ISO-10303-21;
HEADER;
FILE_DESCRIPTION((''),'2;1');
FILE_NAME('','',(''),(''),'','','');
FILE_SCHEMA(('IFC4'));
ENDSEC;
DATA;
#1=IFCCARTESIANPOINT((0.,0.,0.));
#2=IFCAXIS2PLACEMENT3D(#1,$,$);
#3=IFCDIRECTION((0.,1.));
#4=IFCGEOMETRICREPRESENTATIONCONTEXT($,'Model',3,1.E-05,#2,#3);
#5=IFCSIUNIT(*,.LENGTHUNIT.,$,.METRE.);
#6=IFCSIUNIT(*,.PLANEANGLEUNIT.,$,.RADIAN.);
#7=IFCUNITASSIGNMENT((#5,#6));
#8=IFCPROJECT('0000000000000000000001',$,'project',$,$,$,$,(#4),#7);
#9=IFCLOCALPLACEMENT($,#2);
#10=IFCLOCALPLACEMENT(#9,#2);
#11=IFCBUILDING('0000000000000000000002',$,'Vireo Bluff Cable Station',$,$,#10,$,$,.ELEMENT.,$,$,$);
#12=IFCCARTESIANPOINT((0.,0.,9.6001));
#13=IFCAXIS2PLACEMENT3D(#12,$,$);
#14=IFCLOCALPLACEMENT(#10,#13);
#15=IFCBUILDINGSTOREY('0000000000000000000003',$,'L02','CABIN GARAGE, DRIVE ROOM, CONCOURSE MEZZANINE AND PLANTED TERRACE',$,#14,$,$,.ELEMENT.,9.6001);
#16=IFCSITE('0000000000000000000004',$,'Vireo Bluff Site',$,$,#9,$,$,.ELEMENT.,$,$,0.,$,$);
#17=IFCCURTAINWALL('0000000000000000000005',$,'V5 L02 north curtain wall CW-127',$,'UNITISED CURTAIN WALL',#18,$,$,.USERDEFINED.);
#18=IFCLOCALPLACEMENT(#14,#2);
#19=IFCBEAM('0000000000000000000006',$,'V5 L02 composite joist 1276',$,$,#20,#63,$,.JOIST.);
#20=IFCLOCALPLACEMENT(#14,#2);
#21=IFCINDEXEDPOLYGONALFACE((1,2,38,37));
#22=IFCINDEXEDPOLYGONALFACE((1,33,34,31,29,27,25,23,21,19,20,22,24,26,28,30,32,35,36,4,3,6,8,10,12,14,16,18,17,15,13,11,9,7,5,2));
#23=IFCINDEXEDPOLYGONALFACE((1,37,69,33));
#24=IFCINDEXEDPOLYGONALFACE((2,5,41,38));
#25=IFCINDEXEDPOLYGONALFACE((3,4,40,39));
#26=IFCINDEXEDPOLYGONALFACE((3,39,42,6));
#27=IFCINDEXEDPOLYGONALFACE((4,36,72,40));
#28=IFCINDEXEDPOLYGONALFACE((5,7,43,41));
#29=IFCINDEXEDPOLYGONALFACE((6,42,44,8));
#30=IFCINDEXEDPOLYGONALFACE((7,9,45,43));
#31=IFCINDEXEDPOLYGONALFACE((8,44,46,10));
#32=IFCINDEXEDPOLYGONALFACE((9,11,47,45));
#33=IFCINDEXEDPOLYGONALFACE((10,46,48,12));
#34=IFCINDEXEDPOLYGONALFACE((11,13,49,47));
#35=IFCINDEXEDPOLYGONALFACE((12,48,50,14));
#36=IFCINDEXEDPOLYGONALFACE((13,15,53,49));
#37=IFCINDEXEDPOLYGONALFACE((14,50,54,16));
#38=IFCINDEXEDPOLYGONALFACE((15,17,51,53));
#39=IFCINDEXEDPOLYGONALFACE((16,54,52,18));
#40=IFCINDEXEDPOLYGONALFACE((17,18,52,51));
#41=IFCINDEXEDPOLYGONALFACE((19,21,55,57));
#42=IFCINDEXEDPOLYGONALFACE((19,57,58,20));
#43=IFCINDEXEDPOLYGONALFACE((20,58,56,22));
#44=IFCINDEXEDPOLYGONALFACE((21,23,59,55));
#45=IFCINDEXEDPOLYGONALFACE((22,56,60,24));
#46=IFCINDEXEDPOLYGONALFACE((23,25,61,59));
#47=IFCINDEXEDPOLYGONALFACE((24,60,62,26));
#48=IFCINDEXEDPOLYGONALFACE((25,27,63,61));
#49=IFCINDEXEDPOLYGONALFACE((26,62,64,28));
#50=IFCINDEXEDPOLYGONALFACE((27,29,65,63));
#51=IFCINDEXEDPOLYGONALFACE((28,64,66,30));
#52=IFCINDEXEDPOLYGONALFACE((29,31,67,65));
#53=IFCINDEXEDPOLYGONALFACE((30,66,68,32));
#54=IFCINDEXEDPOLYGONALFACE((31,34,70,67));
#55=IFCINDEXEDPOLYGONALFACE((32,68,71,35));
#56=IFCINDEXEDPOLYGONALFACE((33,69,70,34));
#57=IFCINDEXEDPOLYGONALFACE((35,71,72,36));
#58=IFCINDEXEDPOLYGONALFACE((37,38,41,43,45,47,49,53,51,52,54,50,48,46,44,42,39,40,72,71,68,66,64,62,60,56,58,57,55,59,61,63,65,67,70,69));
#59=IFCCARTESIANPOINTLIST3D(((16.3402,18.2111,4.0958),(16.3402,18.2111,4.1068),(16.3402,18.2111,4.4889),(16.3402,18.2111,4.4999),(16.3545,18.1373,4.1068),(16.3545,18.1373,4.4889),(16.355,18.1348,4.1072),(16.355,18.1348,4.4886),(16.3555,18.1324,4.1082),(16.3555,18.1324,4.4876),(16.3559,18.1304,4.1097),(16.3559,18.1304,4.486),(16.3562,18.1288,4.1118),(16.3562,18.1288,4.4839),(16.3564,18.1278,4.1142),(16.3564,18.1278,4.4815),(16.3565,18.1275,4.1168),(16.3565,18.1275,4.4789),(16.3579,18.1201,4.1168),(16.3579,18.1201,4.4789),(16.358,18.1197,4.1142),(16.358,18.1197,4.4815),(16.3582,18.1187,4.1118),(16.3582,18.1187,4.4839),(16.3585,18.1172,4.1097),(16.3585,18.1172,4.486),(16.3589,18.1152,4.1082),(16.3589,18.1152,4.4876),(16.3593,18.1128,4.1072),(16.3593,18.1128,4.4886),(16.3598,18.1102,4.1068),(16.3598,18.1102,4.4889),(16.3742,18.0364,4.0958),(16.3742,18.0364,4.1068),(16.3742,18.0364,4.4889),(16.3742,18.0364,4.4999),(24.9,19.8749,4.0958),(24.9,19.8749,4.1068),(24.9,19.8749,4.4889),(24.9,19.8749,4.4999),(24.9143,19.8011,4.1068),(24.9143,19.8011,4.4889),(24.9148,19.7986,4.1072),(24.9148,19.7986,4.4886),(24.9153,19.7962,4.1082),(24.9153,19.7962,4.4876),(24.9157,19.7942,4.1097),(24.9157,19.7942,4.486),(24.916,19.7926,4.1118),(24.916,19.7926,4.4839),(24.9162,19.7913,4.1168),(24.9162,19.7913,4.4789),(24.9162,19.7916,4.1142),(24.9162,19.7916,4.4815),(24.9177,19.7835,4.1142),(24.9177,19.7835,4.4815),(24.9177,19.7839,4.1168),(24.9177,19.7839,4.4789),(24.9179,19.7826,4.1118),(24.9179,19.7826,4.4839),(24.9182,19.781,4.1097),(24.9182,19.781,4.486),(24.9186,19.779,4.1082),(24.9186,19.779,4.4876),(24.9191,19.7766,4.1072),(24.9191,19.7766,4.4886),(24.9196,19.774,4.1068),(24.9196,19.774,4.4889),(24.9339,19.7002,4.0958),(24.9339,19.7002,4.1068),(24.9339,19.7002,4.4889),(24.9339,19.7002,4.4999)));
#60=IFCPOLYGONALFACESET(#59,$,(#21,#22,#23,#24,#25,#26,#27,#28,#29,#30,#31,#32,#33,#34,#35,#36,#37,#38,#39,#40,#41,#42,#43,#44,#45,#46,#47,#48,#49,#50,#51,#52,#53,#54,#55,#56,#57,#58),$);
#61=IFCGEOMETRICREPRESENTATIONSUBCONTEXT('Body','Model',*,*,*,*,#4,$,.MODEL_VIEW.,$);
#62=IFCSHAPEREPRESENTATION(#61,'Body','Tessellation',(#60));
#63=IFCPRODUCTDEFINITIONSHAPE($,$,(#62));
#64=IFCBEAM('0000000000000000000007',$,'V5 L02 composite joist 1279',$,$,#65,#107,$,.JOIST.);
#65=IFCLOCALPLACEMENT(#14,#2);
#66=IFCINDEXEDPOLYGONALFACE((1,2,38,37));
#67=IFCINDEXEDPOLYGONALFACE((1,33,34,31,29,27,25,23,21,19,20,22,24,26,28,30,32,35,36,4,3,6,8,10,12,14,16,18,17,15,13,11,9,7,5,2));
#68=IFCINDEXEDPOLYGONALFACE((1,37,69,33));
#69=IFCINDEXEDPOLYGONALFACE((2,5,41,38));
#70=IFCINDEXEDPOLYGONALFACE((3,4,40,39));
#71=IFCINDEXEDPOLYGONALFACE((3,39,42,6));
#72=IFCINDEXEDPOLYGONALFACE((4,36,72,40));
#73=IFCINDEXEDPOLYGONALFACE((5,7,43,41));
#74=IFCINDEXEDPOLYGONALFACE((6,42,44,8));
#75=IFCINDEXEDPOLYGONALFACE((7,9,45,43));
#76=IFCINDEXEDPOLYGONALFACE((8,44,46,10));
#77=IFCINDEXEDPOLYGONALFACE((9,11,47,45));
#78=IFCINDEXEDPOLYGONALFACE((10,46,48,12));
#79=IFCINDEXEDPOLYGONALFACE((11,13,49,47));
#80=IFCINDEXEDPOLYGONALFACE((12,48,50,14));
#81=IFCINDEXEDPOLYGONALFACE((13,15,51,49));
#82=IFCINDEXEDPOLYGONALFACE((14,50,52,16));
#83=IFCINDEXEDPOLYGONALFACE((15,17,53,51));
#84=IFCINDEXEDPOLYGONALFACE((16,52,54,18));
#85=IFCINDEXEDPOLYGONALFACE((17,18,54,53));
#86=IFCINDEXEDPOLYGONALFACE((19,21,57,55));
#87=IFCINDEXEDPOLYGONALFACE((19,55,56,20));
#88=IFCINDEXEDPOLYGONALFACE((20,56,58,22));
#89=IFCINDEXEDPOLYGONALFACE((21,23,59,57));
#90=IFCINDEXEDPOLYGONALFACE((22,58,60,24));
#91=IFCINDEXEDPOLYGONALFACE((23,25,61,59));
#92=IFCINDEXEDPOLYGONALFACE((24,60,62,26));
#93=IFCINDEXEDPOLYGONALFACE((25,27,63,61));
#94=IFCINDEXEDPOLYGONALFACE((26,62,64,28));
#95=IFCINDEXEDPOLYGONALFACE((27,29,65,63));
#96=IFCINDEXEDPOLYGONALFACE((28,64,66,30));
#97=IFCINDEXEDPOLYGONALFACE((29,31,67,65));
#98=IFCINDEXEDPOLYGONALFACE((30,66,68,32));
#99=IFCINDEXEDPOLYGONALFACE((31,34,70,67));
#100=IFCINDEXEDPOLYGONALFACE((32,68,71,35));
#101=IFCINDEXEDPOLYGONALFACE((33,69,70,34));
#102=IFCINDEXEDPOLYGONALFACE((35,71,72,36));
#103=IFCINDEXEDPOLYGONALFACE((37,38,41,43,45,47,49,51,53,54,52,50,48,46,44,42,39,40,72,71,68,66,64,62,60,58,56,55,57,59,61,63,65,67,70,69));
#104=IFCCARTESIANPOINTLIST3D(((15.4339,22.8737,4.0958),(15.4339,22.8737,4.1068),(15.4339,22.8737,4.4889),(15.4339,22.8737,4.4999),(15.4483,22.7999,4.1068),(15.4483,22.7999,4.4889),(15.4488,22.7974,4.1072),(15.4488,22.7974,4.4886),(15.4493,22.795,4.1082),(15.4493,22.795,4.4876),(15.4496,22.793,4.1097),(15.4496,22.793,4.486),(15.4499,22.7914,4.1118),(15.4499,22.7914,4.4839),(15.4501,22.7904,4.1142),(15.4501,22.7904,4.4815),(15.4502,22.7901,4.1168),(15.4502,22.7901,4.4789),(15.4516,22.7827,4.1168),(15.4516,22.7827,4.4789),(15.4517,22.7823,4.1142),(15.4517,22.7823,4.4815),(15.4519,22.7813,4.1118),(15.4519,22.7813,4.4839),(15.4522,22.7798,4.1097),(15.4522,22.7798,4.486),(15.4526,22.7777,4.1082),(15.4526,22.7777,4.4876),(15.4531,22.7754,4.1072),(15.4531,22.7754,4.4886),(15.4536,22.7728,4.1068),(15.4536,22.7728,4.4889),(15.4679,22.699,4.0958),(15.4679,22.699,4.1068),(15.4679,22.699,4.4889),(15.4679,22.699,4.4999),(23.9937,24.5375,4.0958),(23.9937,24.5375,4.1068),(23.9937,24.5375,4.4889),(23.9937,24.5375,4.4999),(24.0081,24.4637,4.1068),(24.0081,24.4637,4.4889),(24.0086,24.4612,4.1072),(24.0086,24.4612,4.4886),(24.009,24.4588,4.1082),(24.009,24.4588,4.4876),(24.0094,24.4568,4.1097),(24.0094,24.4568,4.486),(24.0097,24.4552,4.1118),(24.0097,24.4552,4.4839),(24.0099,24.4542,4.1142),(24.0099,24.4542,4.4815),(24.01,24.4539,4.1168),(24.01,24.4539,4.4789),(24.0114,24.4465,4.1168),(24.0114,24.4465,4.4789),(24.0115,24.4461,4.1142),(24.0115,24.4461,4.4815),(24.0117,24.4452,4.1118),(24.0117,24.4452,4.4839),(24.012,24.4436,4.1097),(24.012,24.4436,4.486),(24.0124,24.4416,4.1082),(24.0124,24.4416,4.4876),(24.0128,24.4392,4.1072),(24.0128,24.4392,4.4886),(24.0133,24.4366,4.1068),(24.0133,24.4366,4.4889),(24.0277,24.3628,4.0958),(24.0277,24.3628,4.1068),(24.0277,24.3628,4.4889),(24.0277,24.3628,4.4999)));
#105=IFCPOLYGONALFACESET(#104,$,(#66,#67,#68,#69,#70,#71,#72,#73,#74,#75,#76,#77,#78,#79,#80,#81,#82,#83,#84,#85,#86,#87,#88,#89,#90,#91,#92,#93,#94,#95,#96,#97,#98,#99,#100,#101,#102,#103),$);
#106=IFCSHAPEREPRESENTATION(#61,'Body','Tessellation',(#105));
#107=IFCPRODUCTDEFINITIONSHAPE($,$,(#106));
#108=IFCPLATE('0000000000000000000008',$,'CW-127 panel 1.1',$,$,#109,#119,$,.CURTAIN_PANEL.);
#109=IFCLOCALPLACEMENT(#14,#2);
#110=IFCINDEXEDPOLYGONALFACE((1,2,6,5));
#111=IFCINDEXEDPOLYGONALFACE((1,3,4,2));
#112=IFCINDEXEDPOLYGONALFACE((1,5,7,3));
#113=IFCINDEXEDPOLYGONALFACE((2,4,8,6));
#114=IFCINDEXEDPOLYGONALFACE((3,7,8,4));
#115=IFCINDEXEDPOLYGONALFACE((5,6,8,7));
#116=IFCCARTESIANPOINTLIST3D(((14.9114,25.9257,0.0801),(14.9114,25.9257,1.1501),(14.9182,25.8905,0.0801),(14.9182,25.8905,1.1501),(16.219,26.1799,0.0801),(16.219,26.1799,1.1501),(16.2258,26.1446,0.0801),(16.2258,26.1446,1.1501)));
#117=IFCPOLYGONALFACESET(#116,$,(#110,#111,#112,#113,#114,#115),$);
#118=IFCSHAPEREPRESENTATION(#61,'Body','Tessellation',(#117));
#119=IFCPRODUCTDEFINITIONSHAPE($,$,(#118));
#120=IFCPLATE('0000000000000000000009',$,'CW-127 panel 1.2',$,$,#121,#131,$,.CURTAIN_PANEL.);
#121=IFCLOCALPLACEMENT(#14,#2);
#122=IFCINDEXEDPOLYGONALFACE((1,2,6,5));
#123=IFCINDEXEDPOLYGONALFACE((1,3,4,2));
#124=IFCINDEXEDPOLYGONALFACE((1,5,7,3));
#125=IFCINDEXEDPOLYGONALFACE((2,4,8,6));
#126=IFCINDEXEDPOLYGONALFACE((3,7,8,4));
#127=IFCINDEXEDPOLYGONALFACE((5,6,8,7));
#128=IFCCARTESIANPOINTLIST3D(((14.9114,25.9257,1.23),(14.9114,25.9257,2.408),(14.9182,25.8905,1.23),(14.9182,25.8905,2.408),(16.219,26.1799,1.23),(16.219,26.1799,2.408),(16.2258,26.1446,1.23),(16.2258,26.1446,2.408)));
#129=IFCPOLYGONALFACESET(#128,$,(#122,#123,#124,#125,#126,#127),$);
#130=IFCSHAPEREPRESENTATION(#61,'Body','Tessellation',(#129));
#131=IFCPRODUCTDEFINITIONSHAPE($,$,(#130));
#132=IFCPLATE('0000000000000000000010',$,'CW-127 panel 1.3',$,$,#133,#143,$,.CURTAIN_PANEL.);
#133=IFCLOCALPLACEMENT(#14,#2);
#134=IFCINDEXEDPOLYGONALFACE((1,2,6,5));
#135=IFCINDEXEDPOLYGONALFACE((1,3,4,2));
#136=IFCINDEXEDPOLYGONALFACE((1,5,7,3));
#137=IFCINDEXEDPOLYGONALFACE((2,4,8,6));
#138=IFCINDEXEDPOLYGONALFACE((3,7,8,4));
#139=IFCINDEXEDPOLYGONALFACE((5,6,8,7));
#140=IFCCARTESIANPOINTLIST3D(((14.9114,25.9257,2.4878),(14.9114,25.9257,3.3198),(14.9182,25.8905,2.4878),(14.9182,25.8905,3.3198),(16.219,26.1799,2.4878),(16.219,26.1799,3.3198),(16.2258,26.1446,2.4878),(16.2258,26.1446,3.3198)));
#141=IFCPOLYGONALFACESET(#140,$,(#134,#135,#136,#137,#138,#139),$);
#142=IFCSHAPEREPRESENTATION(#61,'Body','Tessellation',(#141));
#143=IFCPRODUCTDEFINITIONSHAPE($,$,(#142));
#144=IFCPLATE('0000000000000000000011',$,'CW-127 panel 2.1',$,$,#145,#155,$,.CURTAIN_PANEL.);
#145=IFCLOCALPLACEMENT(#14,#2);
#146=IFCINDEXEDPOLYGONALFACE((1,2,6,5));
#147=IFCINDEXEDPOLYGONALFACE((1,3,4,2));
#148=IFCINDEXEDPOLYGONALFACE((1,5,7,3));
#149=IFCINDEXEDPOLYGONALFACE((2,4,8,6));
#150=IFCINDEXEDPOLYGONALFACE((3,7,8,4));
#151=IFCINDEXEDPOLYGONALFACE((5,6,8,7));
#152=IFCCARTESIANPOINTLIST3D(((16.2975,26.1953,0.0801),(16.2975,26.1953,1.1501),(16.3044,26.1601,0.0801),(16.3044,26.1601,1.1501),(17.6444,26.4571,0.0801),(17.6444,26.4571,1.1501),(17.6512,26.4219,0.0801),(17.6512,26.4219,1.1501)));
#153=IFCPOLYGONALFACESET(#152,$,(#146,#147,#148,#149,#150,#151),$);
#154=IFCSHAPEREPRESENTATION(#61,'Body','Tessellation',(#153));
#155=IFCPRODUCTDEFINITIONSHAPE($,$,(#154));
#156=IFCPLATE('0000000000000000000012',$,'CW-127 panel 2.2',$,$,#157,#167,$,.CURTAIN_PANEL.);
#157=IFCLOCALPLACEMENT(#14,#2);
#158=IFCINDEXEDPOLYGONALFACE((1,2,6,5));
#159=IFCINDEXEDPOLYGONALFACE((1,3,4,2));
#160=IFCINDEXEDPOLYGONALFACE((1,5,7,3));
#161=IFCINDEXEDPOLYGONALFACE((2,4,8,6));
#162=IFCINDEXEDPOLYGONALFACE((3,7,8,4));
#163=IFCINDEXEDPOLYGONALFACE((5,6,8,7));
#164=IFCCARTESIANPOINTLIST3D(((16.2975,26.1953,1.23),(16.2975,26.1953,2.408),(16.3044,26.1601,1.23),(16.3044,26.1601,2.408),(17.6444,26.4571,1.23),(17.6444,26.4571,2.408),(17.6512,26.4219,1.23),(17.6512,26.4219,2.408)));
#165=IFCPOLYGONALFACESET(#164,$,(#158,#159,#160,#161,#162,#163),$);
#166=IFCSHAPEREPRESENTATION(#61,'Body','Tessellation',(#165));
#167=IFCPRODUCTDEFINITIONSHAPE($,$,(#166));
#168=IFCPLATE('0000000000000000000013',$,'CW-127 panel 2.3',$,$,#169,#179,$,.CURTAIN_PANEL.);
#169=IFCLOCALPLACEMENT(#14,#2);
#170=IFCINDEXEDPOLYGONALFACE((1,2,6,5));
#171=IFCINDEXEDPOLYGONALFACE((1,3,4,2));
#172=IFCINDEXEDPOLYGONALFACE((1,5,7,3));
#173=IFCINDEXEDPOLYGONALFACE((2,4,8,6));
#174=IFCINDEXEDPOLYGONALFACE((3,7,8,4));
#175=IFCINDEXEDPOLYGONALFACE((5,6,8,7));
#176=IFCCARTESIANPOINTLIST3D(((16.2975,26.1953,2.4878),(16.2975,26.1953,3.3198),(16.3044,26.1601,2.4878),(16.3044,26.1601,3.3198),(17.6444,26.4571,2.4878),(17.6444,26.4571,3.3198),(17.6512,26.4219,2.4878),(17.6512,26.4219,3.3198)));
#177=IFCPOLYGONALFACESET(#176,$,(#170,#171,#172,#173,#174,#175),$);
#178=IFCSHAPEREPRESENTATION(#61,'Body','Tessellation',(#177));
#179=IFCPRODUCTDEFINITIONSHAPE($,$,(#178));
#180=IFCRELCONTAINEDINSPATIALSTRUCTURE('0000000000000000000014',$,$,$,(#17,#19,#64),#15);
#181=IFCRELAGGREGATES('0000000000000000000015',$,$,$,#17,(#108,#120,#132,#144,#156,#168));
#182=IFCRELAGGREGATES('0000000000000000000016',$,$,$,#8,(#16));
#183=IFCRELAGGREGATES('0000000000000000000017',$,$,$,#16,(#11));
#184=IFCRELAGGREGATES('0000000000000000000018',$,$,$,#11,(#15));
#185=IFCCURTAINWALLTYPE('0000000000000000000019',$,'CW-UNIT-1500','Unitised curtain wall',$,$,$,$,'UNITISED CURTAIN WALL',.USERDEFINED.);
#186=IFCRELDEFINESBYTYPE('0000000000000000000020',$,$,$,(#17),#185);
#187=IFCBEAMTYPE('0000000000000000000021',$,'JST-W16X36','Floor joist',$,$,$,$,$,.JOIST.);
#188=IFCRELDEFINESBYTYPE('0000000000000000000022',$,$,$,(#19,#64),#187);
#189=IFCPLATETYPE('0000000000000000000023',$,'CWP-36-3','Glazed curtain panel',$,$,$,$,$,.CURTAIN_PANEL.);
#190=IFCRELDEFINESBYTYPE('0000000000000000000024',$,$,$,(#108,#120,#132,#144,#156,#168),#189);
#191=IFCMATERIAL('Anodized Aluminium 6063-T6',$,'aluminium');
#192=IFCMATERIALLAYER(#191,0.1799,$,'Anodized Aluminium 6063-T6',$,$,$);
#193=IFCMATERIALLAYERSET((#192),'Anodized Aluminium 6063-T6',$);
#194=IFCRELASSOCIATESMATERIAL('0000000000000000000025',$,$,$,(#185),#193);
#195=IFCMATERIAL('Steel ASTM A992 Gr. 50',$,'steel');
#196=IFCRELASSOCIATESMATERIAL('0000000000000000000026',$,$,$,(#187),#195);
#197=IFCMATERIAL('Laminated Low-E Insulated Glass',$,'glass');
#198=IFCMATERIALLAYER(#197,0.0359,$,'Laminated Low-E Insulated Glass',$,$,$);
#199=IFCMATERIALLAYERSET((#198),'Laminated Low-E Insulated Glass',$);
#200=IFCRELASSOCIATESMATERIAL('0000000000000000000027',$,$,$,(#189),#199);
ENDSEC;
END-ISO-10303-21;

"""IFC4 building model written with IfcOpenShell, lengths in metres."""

from ifc_helpers import new_model, si_unit, direction, frame, origin, origin_2d, place, context, subcontext, project, spatial, rectangle, i_section, extrude, material, layer, layer_set, material_profile, profile_set, type_object, element, aggregate, save


model = new_model("IFC4")

# Units and contexts
model_context = context("Model", 3, precision=1e-05, world=origin(), true_north=direction((0.0, 1.0)))
body_context = subcontext(model_context, "Body", "Model", "MODEL_VIEW")
ifc_project = project(units=[si_unit("LENGTHUNIT", "METRE"), si_unit("PLANEANGLEUNIT", "RADIAN")], contexts=[model_context])

# Site, building, storey
site_placement = place(None, origin())
site = spatial("IfcSite", under=ifc_project, at=site_placement, Name="Vireo Bluff Site", CompositionType="ELEMENT", RefElevation=0.0)
building_placement = place(site_placement, origin())
building = spatial("IfcBuilding", under=site, at=building_placement, Name="Vireo Bluff Cable Station", CompositionType="ELEMENT")
storey_placement = place(building_placement, frame((0.0, 0.0, 9.6001)))
storey = spatial("IfcBuildingStorey", under=building, at=storey_placement, Name="L02", Description="CABIN GARAGE, DRIVE ROOM, CONCOURSE MEZZANINE AND PLANTED TERRACE", CompositionType="ELEMENT", Elevation=9.6001)

# Shared definitions
ifc_material_1 = material(Name="Steel ASTM A992 Gr. 50", Category="steel")

# Curtain wall
ifc_material_2 = material(Name="Anodized Aluminium 6063-T6", Category="aluminium")
ifc_layer_1 = layer(ifc_material_2, 0.1799, Name="Anodized Aluminium 6063-T6")
ifc_layer_set_1 = layer_set([ifc_layer_1], Name="Anodized Aluminium 6063-T6")
curtain_wall_type = type_object("IfcCurtainWallType", Name="CW-UNIT-1500", Description="Unitised curtain wall", ElementType="UNITISED CURTAIN WALL", PredefinedType="USERDEFINED", material=ifc_layer_set_1)
curtain_wall_placement = place(storey_placement, origin())
curtain_wall = element("IfcCurtainWall", 1, at=curtain_wall_placement, inside=storey, type_object=curtain_wall_type, Name="V5 L02 north curtain wall CW-127", ObjectType="UNITISED CURTAIN WALL", PredefinedType="USERDEFINED")

# Beams
ifc_material_profile_1 = material_profile(ifc_material_1, i_section(OverallWidth=0.178, OverallDepth=0.4041, WebThickness=0.0076, FlangeThickness=0.011, FilletRadius=0.01, at=origin_2d()), Name="W16X36")
ifc_profile_set_1 = profile_set([ifc_material_profile_1], Name="Steel ASTM A992 Gr. 50")
beam_type_1 = type_object("IfcBeamType", Name="JST-W16X36", Description="Floor joist", PredefinedType="JOIST", material=ifc_profile_set_1)
for number, where, z_axis, x_axis, name in (
    (2, (16.3572, 18.1238, 4.2979), (0.981628, 0.190804, 0.0), (-0.190804, 0.981628, 0.0), "V5 L02 composite joist 1276"),
    (3, (15.4509, 22.7864, 4.2979), (0.981628, 0.190804, 0.0), (-0.190804, 0.981628, 0.0), "V5 L02 composite joist 1279"),
):
    element("IfcBeam", number, at=place(storey_placement, frame(where, z_axis=z_axis, x_axis=x_axis)), inside=storey, type_object=beam_type_1, Name=name, PredefinedType="JOIST", context=body_context, shape_type="SweptSolid", body=[
        extrude(i_section(OverallWidth=0.178, OverallDepth=0.4041, WebThickness=0.0076, FlangeThickness=0.011, FilletRadius=0.01, at=origin_2d()), origin(), (0.0, 0.0, 1.0), 8.72),
    ])

# Plates
ifc_material_3 = material(Name="Laminated Low-E Insulated Glass", Category="glass")
ifc_layer_2 = layer(ifc_material_3, 0.0359, Name="Laminated Low-E Insulated Glass")
ifc_layer_set_2 = layer_set([ifc_layer_2], Name="Laminated Low-E Insulated Glass")
plate_type = type_object("IfcPlateType", Name="CWP-36-3", Description="Glazed curtain panel", PredefinedType="CURTAIN_PANEL", material=ifc_layer_set_2)
plate_1_placement = place(storey_placement, frame((15.5686, 26.0352, 0.0801), z_axis=(0.0, 0.0, 1.0), x_axis=(0.981627, 0.190809, 0.0)))
plate_1 = element("IfcPlate", 4, at=plate_1_placement, type_object=plate_type, Name="CW-127 panel 1.1", PredefinedType="CURTAIN_PANEL", context=body_context, shape_type="SweptSolid", body=[
    extrude(rectangle(XDim=1.332, YDim=0.0359, at=origin_2d()), origin(), (0.0, 0.0, 1.0), 1.0701),
])
plate_2_placement = place(storey_placement, frame((15.5686, 26.0352, 1.23), z_axis=(0.0, 0.0, 1.0), x_axis=(0.981627, 0.190809, 0.0)))
plate_2 = element("IfcPlate", 5, at=plate_2_placement, type_object=plate_type, Name="CW-127 panel 1.2", PredefinedType="CURTAIN_PANEL", context=body_context, shape_type="SweptSolid", body=[
    extrude(rectangle(XDim=1.332, YDim=0.0359, at=origin_2d()), origin(), (0.0, 0.0, 1.0), 1.178),
])
plate_3_placement = place(storey_placement, frame((15.5686, 26.0352, 2.4878), z_axis=(0.0, 0.0, 1.0), x_axis=(0.981627, 0.190809, 0.0)))
plate_3 = element("IfcPlate", 6, at=plate_3_placement, type_object=plate_type, Name="CW-127 panel 1.3", PredefinedType="CURTAIN_PANEL", context=body_context, shape_type="SweptSolid", body=[
    extrude(rectangle(XDim=1.332, YDim=0.0359, at=origin_2d()), origin(), (0.0, 0.0, 1.0), 0.832),
])
plate_4_placement = place(storey_placement, frame((16.9744, 26.3086, 0.0801), z_axis=(0.0, 0.0, 1.0), x_axis=(0.981627, 0.190809, 0.0)))
plate_4 = element("IfcPlate", 7, at=plate_4_placement, type_object=plate_type, Name="CW-127 panel 2.1", PredefinedType="CURTAIN_PANEL", context=body_context, shape_type="SweptSolid", body=[
    extrude(rectangle(XDim=1.3721, YDim=0.0359, at=origin_2d()), origin(), (0.0, 0.0, 1.0), 1.0701),
])
plate_5_placement = place(storey_placement, frame((16.9744, 26.3086, 1.23), z_axis=(0.0, 0.0, 1.0), x_axis=(0.981627, 0.190809, 0.0)))
plate_5 = element("IfcPlate", 8, at=plate_5_placement, type_object=plate_type, Name="CW-127 panel 2.2", PredefinedType="CURTAIN_PANEL", context=body_context, shape_type="SweptSolid", body=[
    extrude(rectangle(XDim=1.3721, YDim=0.0359, at=origin_2d()), origin(), (0.0, 0.0, 1.0), 1.178),
])
plate_6_placement = place(storey_placement, frame((16.9744, 26.3086, 2.4878), z_axis=(0.0, 0.0, 1.0), x_axis=(0.981627, 0.190809, 0.0)))
plate_6 = element("IfcPlate", 9, at=plate_6_placement, type_object=plate_type, Name="CW-127 panel 2.3", PredefinedType="CURTAIN_PANEL", context=body_context, shape_type="SweptSolid", body=[
    extrude(rectangle(XDim=1.3721, YDim=0.0359, at=origin_2d()), origin(), (0.0, 0.0, 1.0), 0.832),
])
aggregate(curtain_wall, [plate_1, plate_2, plate_3, plate_4, plate_5, plate_6])

save(model, "model.ifc")
